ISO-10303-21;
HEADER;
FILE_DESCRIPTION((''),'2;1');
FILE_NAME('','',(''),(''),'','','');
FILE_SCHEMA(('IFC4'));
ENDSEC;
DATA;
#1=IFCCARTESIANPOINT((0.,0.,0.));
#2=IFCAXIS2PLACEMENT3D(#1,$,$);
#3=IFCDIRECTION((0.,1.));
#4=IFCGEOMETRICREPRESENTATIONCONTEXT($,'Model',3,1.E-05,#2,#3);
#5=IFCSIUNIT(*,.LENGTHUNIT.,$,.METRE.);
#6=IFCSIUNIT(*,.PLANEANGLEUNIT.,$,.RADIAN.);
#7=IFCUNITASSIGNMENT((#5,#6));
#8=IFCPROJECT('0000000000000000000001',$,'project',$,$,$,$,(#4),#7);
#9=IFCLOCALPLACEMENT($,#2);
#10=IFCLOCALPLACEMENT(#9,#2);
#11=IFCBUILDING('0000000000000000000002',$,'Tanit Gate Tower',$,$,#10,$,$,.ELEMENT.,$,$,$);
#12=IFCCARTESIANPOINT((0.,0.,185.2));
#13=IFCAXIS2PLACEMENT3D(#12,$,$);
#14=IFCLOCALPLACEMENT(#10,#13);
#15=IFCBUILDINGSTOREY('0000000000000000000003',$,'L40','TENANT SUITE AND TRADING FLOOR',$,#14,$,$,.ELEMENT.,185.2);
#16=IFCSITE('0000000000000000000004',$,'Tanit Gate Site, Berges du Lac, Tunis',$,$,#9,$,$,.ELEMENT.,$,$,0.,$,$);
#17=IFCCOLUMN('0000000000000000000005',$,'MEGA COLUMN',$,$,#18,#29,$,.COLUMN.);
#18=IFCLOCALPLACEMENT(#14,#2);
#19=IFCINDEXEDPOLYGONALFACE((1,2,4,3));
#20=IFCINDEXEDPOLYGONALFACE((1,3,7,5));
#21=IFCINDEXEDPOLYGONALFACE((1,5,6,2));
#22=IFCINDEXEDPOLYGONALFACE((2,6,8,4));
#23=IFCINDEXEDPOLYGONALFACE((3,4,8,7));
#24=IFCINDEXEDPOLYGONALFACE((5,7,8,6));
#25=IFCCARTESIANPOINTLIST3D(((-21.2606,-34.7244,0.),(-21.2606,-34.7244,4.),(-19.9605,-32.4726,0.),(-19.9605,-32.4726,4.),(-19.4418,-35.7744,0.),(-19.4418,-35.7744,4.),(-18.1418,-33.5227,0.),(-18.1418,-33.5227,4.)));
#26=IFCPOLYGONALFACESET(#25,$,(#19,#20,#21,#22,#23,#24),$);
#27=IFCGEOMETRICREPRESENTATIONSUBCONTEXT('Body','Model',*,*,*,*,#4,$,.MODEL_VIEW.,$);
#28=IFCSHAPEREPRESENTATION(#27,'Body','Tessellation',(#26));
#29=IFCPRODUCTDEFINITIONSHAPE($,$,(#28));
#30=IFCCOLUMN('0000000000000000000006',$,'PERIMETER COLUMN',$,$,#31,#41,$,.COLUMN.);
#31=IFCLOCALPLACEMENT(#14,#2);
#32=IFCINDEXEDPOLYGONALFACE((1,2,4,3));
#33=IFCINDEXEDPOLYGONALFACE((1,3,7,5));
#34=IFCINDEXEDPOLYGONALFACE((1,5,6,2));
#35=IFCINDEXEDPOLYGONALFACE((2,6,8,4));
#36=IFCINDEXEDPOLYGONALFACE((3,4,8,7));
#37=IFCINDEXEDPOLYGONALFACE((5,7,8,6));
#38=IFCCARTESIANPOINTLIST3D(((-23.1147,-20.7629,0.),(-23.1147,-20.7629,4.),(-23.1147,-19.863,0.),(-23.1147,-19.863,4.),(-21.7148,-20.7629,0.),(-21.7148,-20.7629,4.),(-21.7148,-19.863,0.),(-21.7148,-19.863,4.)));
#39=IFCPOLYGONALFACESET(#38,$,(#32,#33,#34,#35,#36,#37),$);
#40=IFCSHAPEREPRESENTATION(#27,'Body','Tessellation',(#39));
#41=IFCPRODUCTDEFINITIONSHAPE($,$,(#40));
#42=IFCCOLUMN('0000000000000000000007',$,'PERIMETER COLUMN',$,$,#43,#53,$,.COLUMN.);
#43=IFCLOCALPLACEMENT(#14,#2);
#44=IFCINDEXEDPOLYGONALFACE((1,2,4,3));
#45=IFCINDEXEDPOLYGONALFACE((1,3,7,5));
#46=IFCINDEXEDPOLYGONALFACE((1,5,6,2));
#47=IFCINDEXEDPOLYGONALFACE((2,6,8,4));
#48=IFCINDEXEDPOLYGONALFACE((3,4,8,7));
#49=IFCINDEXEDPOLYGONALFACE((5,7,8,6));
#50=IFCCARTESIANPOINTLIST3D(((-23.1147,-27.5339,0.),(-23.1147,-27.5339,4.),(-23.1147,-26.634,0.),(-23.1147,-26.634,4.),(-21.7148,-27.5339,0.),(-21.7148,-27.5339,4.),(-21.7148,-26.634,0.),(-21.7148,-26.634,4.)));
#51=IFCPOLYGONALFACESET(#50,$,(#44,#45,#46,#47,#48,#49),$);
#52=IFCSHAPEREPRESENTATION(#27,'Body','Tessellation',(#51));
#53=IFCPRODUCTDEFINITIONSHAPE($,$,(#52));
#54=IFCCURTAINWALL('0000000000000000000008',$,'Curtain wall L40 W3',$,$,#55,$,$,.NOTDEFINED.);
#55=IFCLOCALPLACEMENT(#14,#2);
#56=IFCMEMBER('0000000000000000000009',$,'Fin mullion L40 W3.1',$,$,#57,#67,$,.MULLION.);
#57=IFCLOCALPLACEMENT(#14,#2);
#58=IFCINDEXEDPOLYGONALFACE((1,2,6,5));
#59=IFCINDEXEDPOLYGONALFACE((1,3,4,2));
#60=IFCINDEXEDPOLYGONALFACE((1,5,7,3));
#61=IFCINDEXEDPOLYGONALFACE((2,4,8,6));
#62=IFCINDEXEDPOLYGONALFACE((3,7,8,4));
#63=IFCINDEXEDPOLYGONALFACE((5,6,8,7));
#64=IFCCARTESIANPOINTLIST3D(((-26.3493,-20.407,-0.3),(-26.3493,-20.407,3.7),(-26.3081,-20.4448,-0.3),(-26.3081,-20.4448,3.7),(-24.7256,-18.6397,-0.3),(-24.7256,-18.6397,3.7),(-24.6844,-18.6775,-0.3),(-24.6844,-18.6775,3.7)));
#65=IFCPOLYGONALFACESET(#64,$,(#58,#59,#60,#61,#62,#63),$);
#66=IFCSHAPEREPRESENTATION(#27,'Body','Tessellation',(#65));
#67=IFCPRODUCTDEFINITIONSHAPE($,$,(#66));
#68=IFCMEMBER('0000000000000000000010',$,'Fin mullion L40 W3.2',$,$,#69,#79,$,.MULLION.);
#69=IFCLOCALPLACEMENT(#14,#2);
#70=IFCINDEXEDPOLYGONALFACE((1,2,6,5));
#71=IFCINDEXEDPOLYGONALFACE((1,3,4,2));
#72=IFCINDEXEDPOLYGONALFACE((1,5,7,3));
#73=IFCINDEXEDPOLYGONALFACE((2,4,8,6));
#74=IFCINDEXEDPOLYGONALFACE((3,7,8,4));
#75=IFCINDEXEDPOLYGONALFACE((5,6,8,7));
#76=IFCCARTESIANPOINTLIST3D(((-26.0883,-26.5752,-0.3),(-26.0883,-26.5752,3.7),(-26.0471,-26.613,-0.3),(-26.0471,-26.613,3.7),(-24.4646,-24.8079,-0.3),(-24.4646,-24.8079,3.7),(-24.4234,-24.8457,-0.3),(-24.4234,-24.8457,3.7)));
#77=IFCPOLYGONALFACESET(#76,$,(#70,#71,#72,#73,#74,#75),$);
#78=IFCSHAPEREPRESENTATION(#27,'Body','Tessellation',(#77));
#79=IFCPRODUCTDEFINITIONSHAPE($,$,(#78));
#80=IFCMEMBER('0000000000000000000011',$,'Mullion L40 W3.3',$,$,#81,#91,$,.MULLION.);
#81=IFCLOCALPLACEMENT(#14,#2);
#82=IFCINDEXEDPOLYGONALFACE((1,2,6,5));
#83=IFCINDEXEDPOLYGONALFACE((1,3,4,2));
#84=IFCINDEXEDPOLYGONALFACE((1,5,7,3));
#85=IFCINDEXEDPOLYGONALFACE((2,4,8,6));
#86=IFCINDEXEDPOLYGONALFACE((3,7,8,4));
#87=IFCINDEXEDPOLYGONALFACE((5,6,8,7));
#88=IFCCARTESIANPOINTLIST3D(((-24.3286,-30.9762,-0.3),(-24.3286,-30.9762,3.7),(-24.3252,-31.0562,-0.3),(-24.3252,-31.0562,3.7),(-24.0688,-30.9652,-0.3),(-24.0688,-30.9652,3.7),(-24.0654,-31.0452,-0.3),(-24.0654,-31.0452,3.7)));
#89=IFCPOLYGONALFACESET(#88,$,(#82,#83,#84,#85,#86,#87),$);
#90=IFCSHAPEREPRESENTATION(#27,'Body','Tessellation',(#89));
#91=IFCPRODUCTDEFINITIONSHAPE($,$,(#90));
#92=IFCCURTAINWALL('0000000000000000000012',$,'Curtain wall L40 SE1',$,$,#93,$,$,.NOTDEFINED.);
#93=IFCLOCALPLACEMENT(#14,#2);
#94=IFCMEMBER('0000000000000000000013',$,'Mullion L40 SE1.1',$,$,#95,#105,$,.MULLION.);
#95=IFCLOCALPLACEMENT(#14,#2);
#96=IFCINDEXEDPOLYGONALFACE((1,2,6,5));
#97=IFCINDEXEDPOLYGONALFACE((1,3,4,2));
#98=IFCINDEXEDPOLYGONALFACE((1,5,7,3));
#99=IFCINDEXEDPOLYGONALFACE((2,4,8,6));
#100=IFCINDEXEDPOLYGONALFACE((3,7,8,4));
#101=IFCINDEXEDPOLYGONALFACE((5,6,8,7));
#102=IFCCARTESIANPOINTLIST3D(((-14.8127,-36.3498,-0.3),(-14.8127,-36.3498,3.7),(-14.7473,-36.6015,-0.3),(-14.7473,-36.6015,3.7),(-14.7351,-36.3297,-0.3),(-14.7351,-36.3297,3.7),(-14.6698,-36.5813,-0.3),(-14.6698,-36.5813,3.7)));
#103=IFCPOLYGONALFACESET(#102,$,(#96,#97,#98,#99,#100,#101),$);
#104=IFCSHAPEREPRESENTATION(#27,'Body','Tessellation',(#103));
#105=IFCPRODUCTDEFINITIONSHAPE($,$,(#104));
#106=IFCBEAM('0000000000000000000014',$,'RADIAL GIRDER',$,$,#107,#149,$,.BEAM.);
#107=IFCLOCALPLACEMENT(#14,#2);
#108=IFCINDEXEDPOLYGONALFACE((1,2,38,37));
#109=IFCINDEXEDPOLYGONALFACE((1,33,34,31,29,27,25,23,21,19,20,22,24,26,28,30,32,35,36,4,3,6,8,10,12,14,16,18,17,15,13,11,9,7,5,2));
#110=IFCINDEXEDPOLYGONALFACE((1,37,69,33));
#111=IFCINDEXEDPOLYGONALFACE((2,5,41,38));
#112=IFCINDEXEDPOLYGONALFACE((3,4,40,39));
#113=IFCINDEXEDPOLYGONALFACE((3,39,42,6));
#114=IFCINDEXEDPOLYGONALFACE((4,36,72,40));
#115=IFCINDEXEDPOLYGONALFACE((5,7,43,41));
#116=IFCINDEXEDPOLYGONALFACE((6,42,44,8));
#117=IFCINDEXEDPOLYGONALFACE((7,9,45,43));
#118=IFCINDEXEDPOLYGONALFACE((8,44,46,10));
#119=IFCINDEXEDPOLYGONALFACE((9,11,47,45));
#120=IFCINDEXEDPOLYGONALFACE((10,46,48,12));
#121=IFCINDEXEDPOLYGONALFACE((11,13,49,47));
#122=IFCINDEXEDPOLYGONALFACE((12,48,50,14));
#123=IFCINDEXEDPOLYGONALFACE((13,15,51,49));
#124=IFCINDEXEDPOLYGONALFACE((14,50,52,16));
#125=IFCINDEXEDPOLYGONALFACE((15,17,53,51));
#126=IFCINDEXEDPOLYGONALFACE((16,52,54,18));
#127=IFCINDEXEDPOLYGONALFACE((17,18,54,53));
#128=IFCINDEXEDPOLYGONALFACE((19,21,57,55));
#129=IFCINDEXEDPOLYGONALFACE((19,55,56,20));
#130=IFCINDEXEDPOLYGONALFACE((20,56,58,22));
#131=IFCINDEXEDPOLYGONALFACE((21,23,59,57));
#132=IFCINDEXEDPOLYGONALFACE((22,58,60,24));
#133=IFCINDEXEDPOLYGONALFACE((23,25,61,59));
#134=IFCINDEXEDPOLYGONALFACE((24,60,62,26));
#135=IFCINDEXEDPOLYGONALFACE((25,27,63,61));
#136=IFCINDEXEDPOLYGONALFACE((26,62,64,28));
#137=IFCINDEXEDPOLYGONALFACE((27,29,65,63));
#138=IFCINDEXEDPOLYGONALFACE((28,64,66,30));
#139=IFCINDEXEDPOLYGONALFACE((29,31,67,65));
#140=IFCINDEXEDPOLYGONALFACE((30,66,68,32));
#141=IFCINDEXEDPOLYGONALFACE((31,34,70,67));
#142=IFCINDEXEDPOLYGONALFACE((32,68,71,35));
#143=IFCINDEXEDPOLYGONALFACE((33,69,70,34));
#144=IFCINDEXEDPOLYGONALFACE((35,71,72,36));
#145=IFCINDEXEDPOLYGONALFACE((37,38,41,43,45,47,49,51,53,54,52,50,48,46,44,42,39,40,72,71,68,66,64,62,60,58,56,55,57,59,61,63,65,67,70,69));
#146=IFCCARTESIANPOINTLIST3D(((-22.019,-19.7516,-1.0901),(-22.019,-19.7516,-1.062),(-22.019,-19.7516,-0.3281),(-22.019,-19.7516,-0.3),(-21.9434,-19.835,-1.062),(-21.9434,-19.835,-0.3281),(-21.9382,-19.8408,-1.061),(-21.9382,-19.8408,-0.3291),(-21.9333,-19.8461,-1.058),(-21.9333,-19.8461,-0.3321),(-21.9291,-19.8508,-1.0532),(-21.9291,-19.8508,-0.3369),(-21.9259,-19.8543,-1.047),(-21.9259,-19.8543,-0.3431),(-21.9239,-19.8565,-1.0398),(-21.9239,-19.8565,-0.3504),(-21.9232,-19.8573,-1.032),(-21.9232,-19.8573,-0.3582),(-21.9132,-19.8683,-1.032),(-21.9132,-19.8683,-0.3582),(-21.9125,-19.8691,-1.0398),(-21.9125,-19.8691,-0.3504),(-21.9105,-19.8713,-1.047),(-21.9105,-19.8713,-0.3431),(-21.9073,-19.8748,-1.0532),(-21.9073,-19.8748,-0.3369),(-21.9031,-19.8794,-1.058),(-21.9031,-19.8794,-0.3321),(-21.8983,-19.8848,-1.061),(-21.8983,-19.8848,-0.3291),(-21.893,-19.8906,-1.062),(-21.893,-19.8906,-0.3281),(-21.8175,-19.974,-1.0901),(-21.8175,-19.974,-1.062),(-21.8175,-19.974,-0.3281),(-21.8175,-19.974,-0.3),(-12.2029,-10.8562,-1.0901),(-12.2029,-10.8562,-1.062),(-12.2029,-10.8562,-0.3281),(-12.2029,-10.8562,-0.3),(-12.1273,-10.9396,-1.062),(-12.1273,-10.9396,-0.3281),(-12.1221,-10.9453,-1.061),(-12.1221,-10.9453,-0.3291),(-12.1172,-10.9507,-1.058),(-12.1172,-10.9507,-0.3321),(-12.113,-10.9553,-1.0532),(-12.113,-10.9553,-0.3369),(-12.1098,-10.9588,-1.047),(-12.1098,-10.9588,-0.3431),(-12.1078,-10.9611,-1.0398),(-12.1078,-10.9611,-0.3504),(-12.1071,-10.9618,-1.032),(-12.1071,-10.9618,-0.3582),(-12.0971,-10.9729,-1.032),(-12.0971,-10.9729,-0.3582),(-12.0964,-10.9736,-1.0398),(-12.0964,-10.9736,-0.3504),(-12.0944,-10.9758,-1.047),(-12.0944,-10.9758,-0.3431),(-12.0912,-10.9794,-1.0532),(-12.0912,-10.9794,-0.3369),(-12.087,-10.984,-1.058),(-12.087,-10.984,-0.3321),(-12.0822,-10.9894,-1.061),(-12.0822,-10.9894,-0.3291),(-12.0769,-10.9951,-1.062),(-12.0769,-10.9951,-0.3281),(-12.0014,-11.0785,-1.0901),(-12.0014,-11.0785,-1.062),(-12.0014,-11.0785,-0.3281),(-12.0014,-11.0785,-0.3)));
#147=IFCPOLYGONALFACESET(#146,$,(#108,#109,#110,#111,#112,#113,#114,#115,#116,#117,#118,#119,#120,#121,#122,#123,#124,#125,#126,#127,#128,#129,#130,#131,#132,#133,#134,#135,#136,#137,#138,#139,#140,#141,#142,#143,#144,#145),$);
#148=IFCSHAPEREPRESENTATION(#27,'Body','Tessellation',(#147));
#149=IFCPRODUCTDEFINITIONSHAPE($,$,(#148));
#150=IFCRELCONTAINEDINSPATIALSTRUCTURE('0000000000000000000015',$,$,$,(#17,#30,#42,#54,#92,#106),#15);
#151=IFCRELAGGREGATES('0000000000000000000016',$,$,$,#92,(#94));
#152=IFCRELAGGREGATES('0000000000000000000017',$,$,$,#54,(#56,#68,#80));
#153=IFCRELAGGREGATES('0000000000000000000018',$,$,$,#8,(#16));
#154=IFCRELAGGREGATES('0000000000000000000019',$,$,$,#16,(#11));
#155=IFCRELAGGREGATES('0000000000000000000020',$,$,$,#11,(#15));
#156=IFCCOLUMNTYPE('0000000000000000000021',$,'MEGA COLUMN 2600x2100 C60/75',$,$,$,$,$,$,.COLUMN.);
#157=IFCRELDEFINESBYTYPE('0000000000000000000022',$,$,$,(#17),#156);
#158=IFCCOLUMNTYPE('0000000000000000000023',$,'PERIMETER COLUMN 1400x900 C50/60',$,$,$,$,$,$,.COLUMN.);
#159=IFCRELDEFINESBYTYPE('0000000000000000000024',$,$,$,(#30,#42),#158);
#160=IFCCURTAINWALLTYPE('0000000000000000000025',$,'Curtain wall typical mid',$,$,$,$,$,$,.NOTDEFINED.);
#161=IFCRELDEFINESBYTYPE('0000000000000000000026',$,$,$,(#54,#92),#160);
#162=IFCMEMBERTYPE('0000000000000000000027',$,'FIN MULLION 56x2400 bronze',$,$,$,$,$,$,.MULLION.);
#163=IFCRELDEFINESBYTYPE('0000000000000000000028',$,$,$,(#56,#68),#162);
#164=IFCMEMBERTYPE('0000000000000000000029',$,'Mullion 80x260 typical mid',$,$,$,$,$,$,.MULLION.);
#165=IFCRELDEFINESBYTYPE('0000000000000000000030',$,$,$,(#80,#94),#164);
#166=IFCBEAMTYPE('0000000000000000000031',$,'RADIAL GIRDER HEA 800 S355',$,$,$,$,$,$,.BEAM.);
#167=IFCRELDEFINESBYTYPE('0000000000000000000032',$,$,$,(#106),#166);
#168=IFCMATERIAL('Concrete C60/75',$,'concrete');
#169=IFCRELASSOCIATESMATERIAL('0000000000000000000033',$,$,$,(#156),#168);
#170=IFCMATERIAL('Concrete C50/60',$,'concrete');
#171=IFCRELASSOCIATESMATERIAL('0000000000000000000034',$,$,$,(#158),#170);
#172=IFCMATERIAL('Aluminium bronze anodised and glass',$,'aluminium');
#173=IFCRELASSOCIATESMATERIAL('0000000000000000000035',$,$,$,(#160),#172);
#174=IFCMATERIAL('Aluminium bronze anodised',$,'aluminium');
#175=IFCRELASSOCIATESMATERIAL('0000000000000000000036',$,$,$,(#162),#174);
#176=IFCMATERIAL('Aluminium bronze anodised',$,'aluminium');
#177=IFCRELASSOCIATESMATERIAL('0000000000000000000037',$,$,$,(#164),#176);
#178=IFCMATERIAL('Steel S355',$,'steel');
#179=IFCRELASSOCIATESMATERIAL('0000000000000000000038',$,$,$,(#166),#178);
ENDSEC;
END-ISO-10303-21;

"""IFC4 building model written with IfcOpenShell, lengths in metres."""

from ifc_helpers import new_model, si_unit, direction, frame, origin, origin_2d, place, context, subcontext, project, spatial, rectangle, i_section, extrude, material, material_profile, profile_set, type_object, element, aggregate, save


model = new_model("IFC4")

# Units and contexts
model_context = context("Model", 3, precision=1e-05, world=origin(), true_north=direction((0.0, 1.0)))
body_context = subcontext(model_context, "Body", "Model", "MODEL_VIEW")
ifc_project = project(units=[si_unit("LENGTHUNIT", "METRE"), si_unit("PLANEANGLEUNIT", "RADIAN")], contexts=[model_context])

# Site, building, storey
site_placement = place(None, origin())
site = spatial("IfcSite", under=ifc_project, at=site_placement, Name="Tanit Gate Site, Berges du Lac, Tunis", CompositionType="ELEMENT", RefElevation=0.0)
building_placement = place(site_placement, origin())
building = spatial("IfcBuilding", under=site, at=building_placement, Name="Tanit Gate Tower", CompositionType="ELEMENT")
storey_placement = place(building_placement, frame((0.0, 0.0, 185.2)))
storey = spatial("IfcBuildingStorey", under=building, at=storey_placement, Name="L40", Description="TENANT SUITE AND TRADING FLOOR", CompositionType="ELEMENT", Elevation=185.2)

# Columns
ifc_material_1 = material(Name="Concrete C60/75", Category="concrete")
ifc_material_profile_1 = material_profile(ifc_material_1, rectangle(XDim=2.6001, YDim=2.1001, at=origin_2d()), Name="RC 2600x2100")
ifc_profile_set_1 = profile_set([ifc_material_profile_1], Name="Concrete C60/75")
column_type_1 = type_object("IfcColumnType", Name="MEGA COLUMN 2600x2100 C60/75", PredefinedType="COLUMN", material=ifc_profile_set_1)
column_placement = place(storey_placement, frame((-19.7012, -34.1235, 0.0), z_axis=(0.0, 0.0, 1.0), x_axis=(-0.5, -0.866025, 0.0)))
element("IfcColumn", 1, at=column_placement, inside=storey, type_object=column_type_1, Name="MEGA COLUMN", PredefinedType="COLUMN", context=body_context, shape_type="SweptSolid", body=[
    extrude(rectangle(XDim=2.6001, YDim=2.1001, at=origin_2d()), origin(), (0.0, 0.0, 1.0), 4.0),
])
ifc_material_2 = material(Name="Concrete C50/60", Category="concrete")
ifc_material_profile_2 = material_profile(ifc_material_2, rectangle(XDim=1.3999, YDim=0.8999, at=origin_2d()), Name="RC 1400x900")
ifc_profile_set_2 = profile_set([ifc_material_profile_2], Name="Concrete C50/60")
column_type_2 = type_object("IfcColumnType", Name="PERIMETER COLUMN 1400x900 C50/60", PredefinedType="COLUMN", material=ifc_profile_set_2)
for number, where, z_axis, x_axis, name in (
    (2, (-22.4148, -20.313, 0.0), (0.0, 0.0, 1.0), (-1.0, 0.0, 0.0), "PERIMETER COLUMN"),
    (3, (-22.4148, -27.084, 0.0), (0.0, 0.0, 1.0), (-1.0, 0.0, 0.0), "PERIMETER COLUMN"),
):
    element("IfcColumn", number, at=place(storey_placement, frame(where, z_axis=z_axis, x_axis=x_axis)), inside=storey, type_object=column_type_2, Name=name, PredefinedType="COLUMN", context=body_context, shape_type="SweptSolid", body=[
        extrude(rectangle(XDim=1.3999, YDim=0.8999, at=origin_2d()), origin(), (0.0, 0.0, 1.0), 4.0),
    ])

# Curtain wall, members
ifc_material_3 = material(Name="Aluminium bronze anodised and glass", Category="aluminium")
curtain_wall_type = type_object("IfcCurtainWallType", Name="Curtain wall typical mid", PredefinedType="NOTDEFINED", material=ifc_material_3)
curtain_wall_1_placement = place(storey_placement, origin())
curtain_wall_1 = element("IfcCurtainWall", 4, at=curtain_wall_1_placement, inside=storey, type_object=curtain_wall_type, Name="Curtain wall L40 W3", PredefinedType="NOTDEFINED")
ifc_material_4 = material(Name="Aluminium bronze anodised", Category="aluminium")
ifc_material_profile_3 = material_profile(ifc_material_4, rectangle(XDim=2.3999, YDim=0.0559, at=origin_2d()), Name="56x2400 bronze fin mullion")
ifc_profile_set_3 = profile_set([ifc_material_profile_3], Name="Aluminium bronze anodised")
member_type_1 = type_object("IfcMemberType", Name="FIN MULLION 56x2400 bronze", PredefinedType="MULLION", material=ifc_profile_set_3)
member_1_placement = place(storey_placement, frame((-25.5168, -19.5422, -0.3), z_axis=(0.0, 0.0, 1.0), x_axis=(0.676558, 0.736389, 0.0)))
member_1 = element("IfcMember", 5, at=member_1_placement, type_object=member_type_1, Name="Fin mullion L40 W3.1", PredefinedType="MULLION", context=body_context, shape_type="SweptSolid", body=[
    extrude(rectangle(XDim=2.3999, YDim=0.0559, at=origin_2d()), origin(), (0.0, 0.0, 1.0), 4.0),
])
member_2_placement = place(storey_placement, frame((-25.2559, -25.7104, -0.3), z_axis=(0.0, 0.0, 1.0), x_axis=(0.676558, 0.736389, 0.0)))
member_2 = element("IfcMember", 6, at=member_2_placement, type_object=member_type_1, Name="Fin mullion L40 W3.2", PredefinedType="MULLION", context=body_context, shape_type="SweptSolid", body=[
    extrude(rectangle(XDim=2.3999, YDim=0.0559, at=origin_2d()), origin(), (0.0, 0.0, 1.0), 4.0),
])
ifc_material_5 = material(Name="Aluminium bronze anodised", Category="aluminium")
ifc_material_profile_4 = material_profile(ifc_material_5, rectangle(XDim=0.26, YDim=0.0801, at=origin_2d()), Name="80x260 bronze mullion")
ifc_profile_set_4 = profile_set([ifc_material_profile_4], Name="Aluminium bronze anodised")
member_type_2 = type_object("IfcMemberType", Name="Mullion 80x260 typical mid", PredefinedType="MULLION", material=ifc_profile_set_4)
member_3_placement = place(storey_placement, frame((-24.197, -31.0107, -0.3), z_axis=(0.0, 0.0, 1.0), x_axis=(0.999105, 0.042307, 0.0)))
member_3 = element("IfcMember", 7, at=member_3_placement, type_object=member_type_2, Name="Mullion L40 W3.3", PredefinedType="MULLION", context=body_context, shape_type="SweptSolid", body=[
    extrude(rectangle(XDim=0.26, YDim=0.0801, at=origin_2d()), origin(), (0.0, 0.0, 1.0), 4.0),
])

# Curtain wall, member
curtain_wall_2_placement = place(storey_placement, origin())
curtain_wall_2 = element("IfcCurtainWall", 8, at=curtain_wall_2_placement, inside=storey, type_object=curtain_wall_type, Name="Curtain wall L40 SE1", PredefinedType="NOTDEFINED")
member_4_placement = place(storey_placement, frame((-14.7412, -36.4656, -0.3), z_axis=(0.0, 0.0, 1.0), x_axis=(-0.251432, 0.967875, 0.0)))
member_4 = element("IfcMember", 9, at=member_4_placement, type_object=member_type_2, Name="Mullion L40 SE1.1", PredefinedType="MULLION", context=body_context, shape_type="SweptSolid", body=[
    extrude(rectangle(XDim=0.26, YDim=0.0801, at=origin_2d()), origin(), (0.0, 0.0, 1.0), 4.0),
])
aggregate(curtain_wall_2, [member_4])

# Beam
ifc_material_6 = material(Name="Steel S355", Category="steel")
ifc_material_profile_5 = material_profile(ifc_material_6, i_section(OverallWidth=0.3, OverallDepth=0.79, WebThickness=0.0149, FlangeThickness=0.0281, FilletRadius=0.03, at=origin_2d()), Name="HEA 800")
ifc_profile_set_5 = profile_set([ifc_material_profile_5], Name="Steel S355")
beam_type_1 = type_object("IfcBeamType", Name="RADIAL GIRDER HEA 800 S355", PredefinedType="BEAM", material=ifc_profile_set_5)
beam_1_placement = place(storey_placement, frame((-21.9182, -19.8628, -0.6951), z_axis=(0.741002, 0.671503, 0.0), x_axis=(-0.671503, 0.741002, 0.0)))
element("IfcBeam", 10, at=beam_1_placement, inside=storey, type_object=beam_type_1, Name="RADIAL GIRDER", PredefinedType="BEAM", context=body_context, shape_type="SweptSolid", body=[
    extrude(i_section(OverallWidth=0.3, OverallDepth=0.79, WebThickness=0.0149, FlangeThickness=0.0281, FilletRadius=0.03, at=origin_2d()), origin(), (0.0, 0.0, 1.0), 13.2471),
])

aggregate(curtain_wall_1, [member_1, member_2, member_3])

save(model, "model.ifc")
